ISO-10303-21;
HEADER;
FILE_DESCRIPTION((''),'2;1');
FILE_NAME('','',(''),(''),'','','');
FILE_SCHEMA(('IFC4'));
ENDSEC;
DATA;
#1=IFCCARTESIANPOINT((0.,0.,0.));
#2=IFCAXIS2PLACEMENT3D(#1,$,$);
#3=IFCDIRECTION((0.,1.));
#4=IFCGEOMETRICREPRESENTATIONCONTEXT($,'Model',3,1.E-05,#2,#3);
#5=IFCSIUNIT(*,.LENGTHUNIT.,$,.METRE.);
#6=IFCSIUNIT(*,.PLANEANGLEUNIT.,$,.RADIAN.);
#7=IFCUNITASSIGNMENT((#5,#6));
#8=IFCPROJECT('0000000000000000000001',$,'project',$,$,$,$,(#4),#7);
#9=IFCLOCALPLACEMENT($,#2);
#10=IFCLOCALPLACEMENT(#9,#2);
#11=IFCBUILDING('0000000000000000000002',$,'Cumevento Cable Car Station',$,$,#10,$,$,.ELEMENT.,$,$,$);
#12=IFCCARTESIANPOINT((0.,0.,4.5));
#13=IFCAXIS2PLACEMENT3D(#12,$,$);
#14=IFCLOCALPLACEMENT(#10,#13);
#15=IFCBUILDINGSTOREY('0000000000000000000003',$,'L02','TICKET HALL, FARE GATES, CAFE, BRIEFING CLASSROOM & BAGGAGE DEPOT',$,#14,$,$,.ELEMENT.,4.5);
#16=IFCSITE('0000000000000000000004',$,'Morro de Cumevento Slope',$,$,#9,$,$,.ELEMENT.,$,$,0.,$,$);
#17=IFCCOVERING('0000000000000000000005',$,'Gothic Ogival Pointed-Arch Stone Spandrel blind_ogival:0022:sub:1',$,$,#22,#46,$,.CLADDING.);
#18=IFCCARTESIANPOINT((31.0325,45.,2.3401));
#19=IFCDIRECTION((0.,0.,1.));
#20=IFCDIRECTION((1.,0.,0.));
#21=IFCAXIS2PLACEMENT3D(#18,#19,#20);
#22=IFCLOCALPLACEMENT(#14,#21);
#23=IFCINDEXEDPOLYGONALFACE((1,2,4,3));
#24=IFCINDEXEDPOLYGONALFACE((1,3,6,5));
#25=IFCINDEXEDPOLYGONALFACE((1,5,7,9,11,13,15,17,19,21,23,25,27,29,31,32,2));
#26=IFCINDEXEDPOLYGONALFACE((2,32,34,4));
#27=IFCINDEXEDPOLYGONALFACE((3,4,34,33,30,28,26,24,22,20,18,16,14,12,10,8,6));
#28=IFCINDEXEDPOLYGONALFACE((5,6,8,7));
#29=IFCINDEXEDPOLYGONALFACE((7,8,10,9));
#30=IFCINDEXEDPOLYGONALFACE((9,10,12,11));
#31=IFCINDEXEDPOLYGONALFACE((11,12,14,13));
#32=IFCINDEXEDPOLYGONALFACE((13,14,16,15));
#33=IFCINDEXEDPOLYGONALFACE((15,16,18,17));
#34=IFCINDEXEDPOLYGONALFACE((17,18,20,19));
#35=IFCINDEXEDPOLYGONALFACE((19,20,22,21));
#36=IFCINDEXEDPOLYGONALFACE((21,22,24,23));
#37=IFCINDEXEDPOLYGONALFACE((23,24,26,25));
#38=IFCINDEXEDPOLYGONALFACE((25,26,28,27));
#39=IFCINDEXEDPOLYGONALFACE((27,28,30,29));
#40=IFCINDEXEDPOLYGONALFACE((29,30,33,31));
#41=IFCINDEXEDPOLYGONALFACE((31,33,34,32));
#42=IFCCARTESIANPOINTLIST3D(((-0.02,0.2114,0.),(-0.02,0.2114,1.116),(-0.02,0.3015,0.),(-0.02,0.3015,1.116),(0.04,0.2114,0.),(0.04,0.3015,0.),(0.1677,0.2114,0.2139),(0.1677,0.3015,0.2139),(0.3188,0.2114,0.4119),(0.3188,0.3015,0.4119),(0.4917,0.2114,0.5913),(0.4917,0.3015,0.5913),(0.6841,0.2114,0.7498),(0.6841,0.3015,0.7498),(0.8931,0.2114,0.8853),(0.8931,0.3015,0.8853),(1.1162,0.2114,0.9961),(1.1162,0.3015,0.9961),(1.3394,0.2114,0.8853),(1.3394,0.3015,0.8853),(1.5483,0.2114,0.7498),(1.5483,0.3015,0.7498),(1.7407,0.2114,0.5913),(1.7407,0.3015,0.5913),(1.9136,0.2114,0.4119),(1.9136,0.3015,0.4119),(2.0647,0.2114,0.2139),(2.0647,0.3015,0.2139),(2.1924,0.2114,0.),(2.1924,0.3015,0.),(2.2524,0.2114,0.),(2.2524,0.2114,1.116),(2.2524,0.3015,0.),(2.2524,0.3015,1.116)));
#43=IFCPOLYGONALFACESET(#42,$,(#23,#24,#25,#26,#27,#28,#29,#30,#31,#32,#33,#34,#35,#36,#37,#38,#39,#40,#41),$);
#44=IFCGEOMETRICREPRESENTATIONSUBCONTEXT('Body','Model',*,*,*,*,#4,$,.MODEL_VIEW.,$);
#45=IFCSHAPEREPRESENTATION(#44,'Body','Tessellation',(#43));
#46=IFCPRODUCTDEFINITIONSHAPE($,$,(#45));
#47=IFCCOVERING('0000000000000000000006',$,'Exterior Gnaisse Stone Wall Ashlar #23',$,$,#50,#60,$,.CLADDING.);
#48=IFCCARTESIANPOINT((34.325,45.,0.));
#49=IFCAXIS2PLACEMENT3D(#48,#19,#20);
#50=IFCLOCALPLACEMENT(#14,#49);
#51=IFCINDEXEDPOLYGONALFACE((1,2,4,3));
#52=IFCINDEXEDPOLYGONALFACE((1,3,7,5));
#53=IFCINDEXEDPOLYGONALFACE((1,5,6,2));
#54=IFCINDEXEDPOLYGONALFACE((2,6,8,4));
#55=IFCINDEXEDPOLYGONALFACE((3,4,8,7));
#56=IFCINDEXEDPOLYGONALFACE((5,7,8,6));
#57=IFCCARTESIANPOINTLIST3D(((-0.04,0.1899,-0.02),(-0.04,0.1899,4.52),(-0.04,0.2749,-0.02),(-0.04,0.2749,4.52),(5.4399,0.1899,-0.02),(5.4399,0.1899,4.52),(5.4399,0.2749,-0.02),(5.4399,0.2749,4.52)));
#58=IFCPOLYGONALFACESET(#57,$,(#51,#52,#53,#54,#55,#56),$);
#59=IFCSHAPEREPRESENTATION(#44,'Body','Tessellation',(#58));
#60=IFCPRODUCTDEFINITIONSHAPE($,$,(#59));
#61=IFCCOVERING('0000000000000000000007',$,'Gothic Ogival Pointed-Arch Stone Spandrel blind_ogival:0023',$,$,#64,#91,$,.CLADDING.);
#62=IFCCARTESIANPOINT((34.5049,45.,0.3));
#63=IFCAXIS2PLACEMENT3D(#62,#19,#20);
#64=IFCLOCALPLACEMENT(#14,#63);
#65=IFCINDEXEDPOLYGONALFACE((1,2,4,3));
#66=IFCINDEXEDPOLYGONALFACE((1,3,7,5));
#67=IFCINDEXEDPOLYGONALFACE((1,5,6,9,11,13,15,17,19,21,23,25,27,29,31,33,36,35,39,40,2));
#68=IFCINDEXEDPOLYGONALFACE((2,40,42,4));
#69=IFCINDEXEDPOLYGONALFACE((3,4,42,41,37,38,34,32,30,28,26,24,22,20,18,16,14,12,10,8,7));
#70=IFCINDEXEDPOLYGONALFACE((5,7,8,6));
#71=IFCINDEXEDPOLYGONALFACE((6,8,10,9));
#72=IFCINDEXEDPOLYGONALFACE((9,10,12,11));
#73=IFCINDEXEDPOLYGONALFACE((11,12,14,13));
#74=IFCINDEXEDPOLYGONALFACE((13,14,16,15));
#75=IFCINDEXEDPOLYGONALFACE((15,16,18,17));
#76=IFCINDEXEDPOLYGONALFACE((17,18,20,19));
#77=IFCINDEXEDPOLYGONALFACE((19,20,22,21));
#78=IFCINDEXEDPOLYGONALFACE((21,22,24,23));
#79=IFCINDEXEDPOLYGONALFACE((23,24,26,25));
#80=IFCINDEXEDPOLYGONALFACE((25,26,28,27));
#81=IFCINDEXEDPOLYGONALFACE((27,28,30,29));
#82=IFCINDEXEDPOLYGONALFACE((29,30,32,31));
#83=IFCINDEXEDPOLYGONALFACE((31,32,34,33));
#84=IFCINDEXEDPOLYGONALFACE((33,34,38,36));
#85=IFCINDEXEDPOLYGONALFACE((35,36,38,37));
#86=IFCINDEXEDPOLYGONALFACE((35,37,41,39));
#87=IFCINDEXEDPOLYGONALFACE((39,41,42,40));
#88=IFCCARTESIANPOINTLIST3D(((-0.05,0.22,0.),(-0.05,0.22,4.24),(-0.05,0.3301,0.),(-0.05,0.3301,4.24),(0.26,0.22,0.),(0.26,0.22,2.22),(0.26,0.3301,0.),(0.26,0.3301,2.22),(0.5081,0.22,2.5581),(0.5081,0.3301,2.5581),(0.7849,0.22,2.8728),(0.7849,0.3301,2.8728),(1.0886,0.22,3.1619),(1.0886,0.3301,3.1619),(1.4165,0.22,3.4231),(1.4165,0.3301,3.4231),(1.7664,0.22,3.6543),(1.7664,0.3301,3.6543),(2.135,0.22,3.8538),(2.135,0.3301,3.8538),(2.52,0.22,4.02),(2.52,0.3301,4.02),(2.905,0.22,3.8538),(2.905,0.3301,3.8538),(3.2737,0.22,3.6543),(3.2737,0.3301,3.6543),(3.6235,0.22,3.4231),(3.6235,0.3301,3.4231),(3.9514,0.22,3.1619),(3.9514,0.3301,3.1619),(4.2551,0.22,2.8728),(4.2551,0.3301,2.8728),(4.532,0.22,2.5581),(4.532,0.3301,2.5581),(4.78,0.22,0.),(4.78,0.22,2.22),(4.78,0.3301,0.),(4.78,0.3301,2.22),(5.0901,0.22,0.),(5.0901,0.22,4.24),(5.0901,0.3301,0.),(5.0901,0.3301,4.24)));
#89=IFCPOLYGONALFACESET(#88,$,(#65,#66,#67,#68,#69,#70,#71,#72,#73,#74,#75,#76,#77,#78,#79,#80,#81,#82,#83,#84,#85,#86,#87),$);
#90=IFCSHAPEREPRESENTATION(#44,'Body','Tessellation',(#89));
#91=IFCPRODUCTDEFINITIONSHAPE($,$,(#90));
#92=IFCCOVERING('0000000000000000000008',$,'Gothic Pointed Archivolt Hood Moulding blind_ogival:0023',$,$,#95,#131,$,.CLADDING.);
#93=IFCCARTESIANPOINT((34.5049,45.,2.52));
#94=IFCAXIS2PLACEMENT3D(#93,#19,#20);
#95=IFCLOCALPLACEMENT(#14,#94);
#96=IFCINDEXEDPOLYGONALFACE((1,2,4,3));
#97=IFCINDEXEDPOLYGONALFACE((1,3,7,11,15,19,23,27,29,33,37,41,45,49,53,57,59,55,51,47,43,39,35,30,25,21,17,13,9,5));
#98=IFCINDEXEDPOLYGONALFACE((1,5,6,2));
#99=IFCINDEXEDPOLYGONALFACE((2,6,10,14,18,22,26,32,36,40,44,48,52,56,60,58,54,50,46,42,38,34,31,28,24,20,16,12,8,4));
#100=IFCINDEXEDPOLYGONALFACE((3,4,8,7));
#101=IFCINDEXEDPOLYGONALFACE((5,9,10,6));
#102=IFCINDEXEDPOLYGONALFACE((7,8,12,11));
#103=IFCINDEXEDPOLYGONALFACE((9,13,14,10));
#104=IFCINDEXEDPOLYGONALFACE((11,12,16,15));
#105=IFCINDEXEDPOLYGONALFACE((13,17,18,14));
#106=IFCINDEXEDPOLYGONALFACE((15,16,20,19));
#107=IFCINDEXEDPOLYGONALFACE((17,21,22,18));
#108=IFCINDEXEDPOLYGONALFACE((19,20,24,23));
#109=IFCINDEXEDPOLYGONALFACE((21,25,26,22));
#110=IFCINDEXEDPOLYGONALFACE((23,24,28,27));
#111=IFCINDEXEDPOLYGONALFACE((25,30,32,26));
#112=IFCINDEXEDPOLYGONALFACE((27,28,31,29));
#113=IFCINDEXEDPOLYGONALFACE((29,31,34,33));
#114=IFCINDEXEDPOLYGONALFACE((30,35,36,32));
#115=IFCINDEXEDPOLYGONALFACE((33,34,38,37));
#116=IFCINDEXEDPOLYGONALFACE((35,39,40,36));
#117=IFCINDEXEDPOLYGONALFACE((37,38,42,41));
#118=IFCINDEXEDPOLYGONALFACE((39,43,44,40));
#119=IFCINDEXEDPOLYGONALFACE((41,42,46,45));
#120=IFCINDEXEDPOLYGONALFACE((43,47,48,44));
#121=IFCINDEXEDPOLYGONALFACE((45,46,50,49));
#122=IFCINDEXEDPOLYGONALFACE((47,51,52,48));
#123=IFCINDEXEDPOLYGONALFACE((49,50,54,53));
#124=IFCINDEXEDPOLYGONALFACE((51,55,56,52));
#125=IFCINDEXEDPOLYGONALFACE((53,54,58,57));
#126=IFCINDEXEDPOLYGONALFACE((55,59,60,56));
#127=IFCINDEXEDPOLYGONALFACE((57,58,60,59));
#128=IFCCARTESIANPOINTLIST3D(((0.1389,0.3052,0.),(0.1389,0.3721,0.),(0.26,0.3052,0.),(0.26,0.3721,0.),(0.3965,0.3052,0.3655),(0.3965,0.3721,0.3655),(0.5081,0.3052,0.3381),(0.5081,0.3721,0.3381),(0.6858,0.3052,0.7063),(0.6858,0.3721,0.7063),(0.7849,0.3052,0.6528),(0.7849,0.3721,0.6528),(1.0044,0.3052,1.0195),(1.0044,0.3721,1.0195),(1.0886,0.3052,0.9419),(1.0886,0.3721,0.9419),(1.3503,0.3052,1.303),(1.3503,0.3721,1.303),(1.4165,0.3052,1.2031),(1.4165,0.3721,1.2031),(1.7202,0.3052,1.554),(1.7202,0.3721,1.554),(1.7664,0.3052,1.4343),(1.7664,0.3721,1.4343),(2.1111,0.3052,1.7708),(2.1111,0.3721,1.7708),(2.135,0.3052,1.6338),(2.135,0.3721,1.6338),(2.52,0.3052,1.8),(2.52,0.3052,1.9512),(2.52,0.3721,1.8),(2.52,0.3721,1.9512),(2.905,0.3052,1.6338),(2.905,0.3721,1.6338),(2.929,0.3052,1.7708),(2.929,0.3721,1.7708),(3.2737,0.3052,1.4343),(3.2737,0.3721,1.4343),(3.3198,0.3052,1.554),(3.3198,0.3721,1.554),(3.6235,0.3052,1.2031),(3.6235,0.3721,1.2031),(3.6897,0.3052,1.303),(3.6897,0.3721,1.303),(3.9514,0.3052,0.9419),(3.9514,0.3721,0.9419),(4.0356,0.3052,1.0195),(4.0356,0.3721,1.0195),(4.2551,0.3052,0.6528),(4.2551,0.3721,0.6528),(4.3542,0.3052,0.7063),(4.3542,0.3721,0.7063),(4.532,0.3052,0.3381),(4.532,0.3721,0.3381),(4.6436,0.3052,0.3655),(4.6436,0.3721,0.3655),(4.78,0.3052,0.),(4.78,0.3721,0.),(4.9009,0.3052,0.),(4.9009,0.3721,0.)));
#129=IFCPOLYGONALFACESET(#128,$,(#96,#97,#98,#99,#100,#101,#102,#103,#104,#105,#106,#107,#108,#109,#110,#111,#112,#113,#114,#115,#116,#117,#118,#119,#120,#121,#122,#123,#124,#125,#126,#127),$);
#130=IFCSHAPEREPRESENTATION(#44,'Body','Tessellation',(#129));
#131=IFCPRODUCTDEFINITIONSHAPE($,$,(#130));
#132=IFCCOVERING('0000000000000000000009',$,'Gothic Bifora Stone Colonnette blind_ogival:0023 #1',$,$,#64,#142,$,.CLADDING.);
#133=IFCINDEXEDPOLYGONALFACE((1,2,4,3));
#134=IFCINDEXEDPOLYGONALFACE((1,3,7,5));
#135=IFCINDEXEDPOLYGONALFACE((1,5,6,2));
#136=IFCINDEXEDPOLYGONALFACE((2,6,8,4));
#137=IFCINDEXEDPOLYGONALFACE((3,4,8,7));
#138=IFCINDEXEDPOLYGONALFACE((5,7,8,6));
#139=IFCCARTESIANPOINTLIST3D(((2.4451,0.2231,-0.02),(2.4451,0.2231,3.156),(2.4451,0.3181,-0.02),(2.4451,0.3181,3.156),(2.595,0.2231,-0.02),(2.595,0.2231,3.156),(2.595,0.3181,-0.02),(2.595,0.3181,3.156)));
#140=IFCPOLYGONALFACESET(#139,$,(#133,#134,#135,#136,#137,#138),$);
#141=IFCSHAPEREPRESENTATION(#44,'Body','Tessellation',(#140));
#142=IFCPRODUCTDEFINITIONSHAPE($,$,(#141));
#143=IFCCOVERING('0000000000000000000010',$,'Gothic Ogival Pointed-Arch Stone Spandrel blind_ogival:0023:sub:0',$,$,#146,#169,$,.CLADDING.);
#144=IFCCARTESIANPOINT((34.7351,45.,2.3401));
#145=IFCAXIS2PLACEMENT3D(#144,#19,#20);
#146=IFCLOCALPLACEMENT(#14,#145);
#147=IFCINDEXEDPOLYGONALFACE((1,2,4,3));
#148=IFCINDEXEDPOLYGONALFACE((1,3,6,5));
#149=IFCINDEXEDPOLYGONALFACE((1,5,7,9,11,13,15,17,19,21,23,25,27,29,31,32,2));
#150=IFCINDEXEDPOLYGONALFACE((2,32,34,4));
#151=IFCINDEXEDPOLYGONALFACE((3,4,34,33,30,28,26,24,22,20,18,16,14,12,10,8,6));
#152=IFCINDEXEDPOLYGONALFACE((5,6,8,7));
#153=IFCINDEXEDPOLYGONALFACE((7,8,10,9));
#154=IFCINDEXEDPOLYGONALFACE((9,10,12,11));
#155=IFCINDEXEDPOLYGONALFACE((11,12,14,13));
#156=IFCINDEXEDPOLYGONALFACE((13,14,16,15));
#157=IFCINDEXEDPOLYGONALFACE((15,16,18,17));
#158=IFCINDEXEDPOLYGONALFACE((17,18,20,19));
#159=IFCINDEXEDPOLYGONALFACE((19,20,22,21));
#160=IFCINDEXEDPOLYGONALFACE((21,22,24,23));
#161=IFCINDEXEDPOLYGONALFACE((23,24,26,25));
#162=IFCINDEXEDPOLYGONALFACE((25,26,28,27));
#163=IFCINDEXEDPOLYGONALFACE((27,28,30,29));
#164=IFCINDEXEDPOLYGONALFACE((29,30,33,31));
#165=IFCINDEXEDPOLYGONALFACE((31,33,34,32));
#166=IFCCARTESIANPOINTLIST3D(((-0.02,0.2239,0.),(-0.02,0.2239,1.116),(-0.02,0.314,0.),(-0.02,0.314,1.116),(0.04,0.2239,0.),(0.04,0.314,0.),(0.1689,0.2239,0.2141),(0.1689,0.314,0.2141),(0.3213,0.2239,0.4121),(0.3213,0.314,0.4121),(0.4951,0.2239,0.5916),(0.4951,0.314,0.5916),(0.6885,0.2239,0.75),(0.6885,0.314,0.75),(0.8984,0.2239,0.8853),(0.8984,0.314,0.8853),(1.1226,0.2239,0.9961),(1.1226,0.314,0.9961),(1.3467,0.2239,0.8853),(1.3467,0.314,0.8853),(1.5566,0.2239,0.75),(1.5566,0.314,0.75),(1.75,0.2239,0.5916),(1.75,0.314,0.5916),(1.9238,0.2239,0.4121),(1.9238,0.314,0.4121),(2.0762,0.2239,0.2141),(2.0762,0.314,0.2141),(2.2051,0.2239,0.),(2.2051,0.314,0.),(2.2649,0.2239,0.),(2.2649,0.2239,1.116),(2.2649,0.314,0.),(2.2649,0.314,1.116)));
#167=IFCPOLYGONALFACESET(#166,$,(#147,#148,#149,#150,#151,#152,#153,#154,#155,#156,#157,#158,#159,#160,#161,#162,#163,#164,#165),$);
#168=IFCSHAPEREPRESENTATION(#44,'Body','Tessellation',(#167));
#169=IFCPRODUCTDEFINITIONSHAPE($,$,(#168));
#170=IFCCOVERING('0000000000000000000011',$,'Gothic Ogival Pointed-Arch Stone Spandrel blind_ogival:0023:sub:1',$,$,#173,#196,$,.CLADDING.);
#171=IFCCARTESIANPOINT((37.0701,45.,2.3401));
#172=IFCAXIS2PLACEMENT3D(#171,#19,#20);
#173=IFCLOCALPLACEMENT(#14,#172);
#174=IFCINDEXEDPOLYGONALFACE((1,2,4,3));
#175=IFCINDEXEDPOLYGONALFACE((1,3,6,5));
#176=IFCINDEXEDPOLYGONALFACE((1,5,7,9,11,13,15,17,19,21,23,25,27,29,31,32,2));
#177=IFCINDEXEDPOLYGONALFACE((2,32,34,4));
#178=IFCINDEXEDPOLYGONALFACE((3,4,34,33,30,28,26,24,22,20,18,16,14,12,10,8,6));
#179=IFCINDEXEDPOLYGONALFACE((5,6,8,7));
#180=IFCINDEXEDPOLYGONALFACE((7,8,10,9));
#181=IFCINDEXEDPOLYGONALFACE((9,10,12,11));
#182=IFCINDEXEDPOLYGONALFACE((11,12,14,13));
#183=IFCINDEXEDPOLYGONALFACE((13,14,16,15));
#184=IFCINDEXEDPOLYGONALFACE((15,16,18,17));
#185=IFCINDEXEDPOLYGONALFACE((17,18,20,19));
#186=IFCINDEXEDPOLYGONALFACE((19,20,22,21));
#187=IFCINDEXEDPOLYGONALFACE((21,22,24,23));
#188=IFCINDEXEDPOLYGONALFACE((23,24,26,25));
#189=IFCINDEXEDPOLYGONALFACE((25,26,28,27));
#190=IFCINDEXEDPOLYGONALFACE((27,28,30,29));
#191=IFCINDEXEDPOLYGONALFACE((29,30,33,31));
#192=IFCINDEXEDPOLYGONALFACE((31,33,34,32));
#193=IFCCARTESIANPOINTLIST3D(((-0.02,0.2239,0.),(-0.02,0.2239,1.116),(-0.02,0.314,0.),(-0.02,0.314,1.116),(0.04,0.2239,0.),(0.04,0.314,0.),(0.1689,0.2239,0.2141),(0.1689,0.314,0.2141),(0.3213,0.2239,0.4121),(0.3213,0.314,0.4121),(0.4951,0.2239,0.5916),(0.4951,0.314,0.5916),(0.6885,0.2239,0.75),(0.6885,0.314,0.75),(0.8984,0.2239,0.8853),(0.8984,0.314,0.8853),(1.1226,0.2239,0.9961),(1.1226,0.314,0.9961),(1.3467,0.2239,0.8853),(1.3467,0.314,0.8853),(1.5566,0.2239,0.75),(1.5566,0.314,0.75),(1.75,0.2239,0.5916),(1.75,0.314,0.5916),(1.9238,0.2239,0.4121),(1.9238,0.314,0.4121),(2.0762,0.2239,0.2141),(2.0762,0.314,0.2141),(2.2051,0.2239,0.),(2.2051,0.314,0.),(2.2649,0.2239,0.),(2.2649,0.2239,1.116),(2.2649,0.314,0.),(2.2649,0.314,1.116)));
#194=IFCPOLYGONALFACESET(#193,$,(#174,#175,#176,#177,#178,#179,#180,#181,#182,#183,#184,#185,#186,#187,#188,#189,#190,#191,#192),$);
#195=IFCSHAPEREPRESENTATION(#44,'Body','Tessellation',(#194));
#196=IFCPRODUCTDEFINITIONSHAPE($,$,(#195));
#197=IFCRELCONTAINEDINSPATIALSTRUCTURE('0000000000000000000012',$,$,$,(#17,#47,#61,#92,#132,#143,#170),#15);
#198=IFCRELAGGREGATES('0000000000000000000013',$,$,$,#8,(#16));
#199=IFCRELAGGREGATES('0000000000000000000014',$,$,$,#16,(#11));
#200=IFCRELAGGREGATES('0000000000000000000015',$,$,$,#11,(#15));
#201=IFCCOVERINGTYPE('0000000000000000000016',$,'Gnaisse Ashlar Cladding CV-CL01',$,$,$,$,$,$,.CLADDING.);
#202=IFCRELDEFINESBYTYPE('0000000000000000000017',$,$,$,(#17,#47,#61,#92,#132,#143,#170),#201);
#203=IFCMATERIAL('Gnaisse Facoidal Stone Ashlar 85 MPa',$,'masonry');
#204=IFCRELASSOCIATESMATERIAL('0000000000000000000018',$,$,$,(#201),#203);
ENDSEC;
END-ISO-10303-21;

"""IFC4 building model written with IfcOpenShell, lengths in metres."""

from ifc_helpers import new_model, si_unit, direction, frame, origin, place, context, subcontext, project, spatial, polyline, outline, extrude, material, type_object, element, save


model = new_model("IFC4")

# Units and contexts
model_context = context("Model", 3, precision=1e-05, world=origin(), true_north=direction((0.0, 1.0)))
body_context = subcontext(model_context, "Body", "Model", "MODEL_VIEW")
ifc_project = project(units=[si_unit("LENGTHUNIT", "METRE"), si_unit("PLANEANGLEUNIT", "RADIAN")], contexts=[model_context])

# Site, building, storey
site_placement = place(None, origin())
site = spatial("IfcSite", under=ifc_project, at=site_placement, Name="Morro de Cumevento Slope", CompositionType="ELEMENT", RefElevation=0.0)
building_placement = place(site_placement, origin())
building = spatial("IfcBuilding", under=site, at=building_placement, Name="Cumevento Cable Car Station", CompositionType="ELEMENT")
storey_placement = place(building_placement, frame((0.0, 0.0, 4.5)))
storey = spatial("IfcBuildingStorey", under=building, at=storey_placement, Name="L02", Description="TICKET HALL, FARE GATES, CAFE, BRIEFING CLASSROOM & BAGGAGE DEPOT", CompositionType="ELEMENT", Elevation=4.5)

# Coverings
ifc_material_1 = material(Name="Gnaisse Facoidal Stone Ashlar 85 MPa", Category="masonry")
covering_type = type_object("IfcCoveringType", Name="Gnaisse Ashlar Cladding CV-CL01", PredefinedType="CLADDING", material=ifc_material_1)
covering_1_placement = place(storey_placement, frame((31.0325, 45.0, 2.3401), z_axis=(0.0, 0.0, 1.0), x_axis=(1.0, 0.0, 0.0)))
element("IfcCovering", 1, at=covering_1_placement, inside=storey, type_object=covering_type, Name="Gothic Ogival Pointed-Arch Stone Spandrel blind_ogival:0022:sub:1", PredefinedType="CLADDING", context=body_context, shape_type="SweptSolid", body=[
    extrude(outline(polyline([(-0.02, 0.0), (-0.02, 1.116), (2.2524, 1.116), (2.2524, 0.0), (2.1924, 0.0), (2.0647, 0.2139), (1.9136, 0.4119), (1.7407, 0.5913), (1.5483, 0.7498), (1.3394, 0.8853), (1.1162, 0.9961), (0.8931, 0.8853), (0.6841, 0.7498), (0.4917, 0.5913), (0.3188, 0.4119), (0.1677, 0.2139), (0.04, 0.0), (-0.02, 0.0)])), frame((0.0, 0.3015, 0.0), z_axis=(0.0, -1.0, 0.0), x_axis=(1.0, 0.0, 0.0)), (0.0, 0.0, 1.0), 0.0901),
])
covering_2_placement = place(storey_placement, frame((34.325, 45.0, 0.0), z_axis=(0.0, 0.0, 1.0), x_axis=(1.0, 0.0, 0.0)))
element("IfcCovering", 2, at=covering_2_placement, inside=storey, type_object=covering_type, Name="Exterior Gnaisse Stone Wall Ashlar #23", PredefinedType="CLADDING", context=body_context, shape_type="SweptSolid", body=[
    extrude(outline(polyline([(-0.04, -0.02), (5.4399, -0.02), (5.4399, 4.52), (-0.04, 4.52), (-0.04, -0.02)])), frame((0.0, 0.2749, 0.0), z_axis=(0.0, -1.0, 0.0), x_axis=(1.0, 0.0, 0.0)), (0.0, 0.0, 1.0), 0.085),
])
placement_1 = place(storey_placement, frame((34.5049, 45.0, 0.3), z_axis=(0.0, 0.0, 1.0), x_axis=(1.0, 0.0, 0.0)))
element("IfcCovering", 3, at=placement_1, inside=storey, type_object=covering_type, Name="Gothic Ogival Pointed-Arch Stone Spandrel blind_ogival:0023", PredefinedType="CLADDING", context=body_context, shape_type="SweptSolid", body=[
    extrude(outline(polyline([(-0.05, 0.0), (-0.05, 4.24), (5.0901, 4.24), (5.0901, 0.0), (4.78, 0.0), (4.78, 2.22), (4.532, 2.5581), (4.2551, 2.8728), (3.9514, 3.1619), (3.6235, 3.4231), (3.2737, 3.6543), (2.905, 3.8538), (2.52, 4.02), (2.135, 3.8538), (1.7664, 3.6543), (1.4165, 3.4231), (1.0886, 3.1619), (0.7849, 2.8728), (0.5081, 2.5581), (0.26, 2.22), (0.26, 0.0), (-0.05, 0.0)])), frame((0.0, 0.3301, 0.0), z_axis=(0.0, -1.0, 0.0), x_axis=(1.0, 0.0, 0.0)), (0.0, 0.0, 1.0), 0.1101),
])
covering_3_placement = place(storey_placement, frame((34.5049, 45.0, 2.52), z_axis=(0.0, 0.0, 1.0), x_axis=(1.0, 0.0, 0.0)))
element("IfcCovering", 4, at=covering_3_placement, inside=storey, type_object=covering_type, Name="Gothic Pointed Archivolt Hood Moulding blind_ogival:0023", PredefinedType="CLADDING", context=body_context, shape_type="SweptSolid", body=[
    extrude(outline(polyline([(0.26, 0.0), (0.5081, 0.3381), (0.7849, 0.6528), (1.0886, 0.9419), (1.4165, 1.2031), (1.7664, 1.4343), (2.135, 1.6338), (2.52, 1.8), (2.905, 1.6338), (3.2737, 1.4343), (3.6235, 1.2031), (3.9514, 0.9419), (4.2551, 0.6528), (4.532, 0.3381), (4.78, 0.0), (4.9009, 0.0), (4.6436, 0.3655), (4.3542, 0.7063), (4.0356, 1.0195), (3.6897, 1.303), (3.3198, 1.554), (2.929, 1.7708), (2.52, 1.9512), (2.1111, 1.7708), (1.7202, 1.554), (1.3503, 1.303), (1.0044, 1.0195), (0.6858, 0.7063), (0.3965, 0.3655), (0.1389, 0.0), (0.26, 0.0)])), frame((0.0, 0.3721, 0.0), z_axis=(0.0, -1.0, 0.0), x_axis=(1.0, 0.0, 0.0)), (0.0, 0.0, 1.0), 0.0669),
])
element("IfcCovering", 5, at=placement_1, inside=storey, type_object=covering_type, Name="Gothic Bifora Stone Colonnette blind_ogival:0023 #1", PredefinedType="CLADDING", context=body_context, shape_type="SweptSolid", body=[
    extrude(outline(polyline([(2.4451, -0.02), (2.595, -0.02), (2.595, 3.156), (2.4451, 3.156), (2.4451, -0.02)])), frame((0.0, 0.3181, 0.0), z_axis=(0.0, -1.0, 0.0), x_axis=(1.0, 0.0, 0.0)), (0.0, 0.0, 1.0), 0.095),
])
for number, where, z_axis, x_axis, name in (
    (6, (34.7351, 45.0, 2.3401), (0.0, 0.0, 1.0), (1.0, 0.0, 0.0), "Gothic Ogival Pointed-Arch Stone Spandrel blind_ogival:0023:sub:0"),
    (7, (37.0701, 45.0, 2.3401), (0.0, 0.0, 1.0), (1.0, 0.0, 0.0), "Gothic Ogival Pointed-Arch Stone Spandrel blind_ogival:0023:sub:1"),
):
    element("IfcCovering", number, at=place(storey_placement, frame(where, z_axis=z_axis, x_axis=x_axis)), inside=storey, type_object=covering_type, Name=name, PredefinedType="CLADDING", context=body_context, shape_type="SweptSolid", body=[
        extrude(outline(polyline([(-0.02, 0.0), (-0.02, 1.116), (2.2649, 1.116), (2.2649, 0.0), (2.2051, 0.0), (2.0762, 0.2141), (1.9238, 0.4121), (1.75, 0.5916), (1.5566, 0.75), (1.3467, 0.8853), (1.1226, 0.9961), (0.8984, 0.8853), (0.6885, 0.75), (0.4951, 0.5916), (0.3213, 0.4121), (0.1689, 0.2141), (0.04, 0.0), (-0.02, 0.0)])), frame((0.0, 0.314, 0.0), z_axis=(0.0, -1.0, 0.0), x_axis=(1.0, 0.0, 0.0)), (0.0, 0.0, 1.0), 0.0901),
    ])

save(model, "model.ifc")
